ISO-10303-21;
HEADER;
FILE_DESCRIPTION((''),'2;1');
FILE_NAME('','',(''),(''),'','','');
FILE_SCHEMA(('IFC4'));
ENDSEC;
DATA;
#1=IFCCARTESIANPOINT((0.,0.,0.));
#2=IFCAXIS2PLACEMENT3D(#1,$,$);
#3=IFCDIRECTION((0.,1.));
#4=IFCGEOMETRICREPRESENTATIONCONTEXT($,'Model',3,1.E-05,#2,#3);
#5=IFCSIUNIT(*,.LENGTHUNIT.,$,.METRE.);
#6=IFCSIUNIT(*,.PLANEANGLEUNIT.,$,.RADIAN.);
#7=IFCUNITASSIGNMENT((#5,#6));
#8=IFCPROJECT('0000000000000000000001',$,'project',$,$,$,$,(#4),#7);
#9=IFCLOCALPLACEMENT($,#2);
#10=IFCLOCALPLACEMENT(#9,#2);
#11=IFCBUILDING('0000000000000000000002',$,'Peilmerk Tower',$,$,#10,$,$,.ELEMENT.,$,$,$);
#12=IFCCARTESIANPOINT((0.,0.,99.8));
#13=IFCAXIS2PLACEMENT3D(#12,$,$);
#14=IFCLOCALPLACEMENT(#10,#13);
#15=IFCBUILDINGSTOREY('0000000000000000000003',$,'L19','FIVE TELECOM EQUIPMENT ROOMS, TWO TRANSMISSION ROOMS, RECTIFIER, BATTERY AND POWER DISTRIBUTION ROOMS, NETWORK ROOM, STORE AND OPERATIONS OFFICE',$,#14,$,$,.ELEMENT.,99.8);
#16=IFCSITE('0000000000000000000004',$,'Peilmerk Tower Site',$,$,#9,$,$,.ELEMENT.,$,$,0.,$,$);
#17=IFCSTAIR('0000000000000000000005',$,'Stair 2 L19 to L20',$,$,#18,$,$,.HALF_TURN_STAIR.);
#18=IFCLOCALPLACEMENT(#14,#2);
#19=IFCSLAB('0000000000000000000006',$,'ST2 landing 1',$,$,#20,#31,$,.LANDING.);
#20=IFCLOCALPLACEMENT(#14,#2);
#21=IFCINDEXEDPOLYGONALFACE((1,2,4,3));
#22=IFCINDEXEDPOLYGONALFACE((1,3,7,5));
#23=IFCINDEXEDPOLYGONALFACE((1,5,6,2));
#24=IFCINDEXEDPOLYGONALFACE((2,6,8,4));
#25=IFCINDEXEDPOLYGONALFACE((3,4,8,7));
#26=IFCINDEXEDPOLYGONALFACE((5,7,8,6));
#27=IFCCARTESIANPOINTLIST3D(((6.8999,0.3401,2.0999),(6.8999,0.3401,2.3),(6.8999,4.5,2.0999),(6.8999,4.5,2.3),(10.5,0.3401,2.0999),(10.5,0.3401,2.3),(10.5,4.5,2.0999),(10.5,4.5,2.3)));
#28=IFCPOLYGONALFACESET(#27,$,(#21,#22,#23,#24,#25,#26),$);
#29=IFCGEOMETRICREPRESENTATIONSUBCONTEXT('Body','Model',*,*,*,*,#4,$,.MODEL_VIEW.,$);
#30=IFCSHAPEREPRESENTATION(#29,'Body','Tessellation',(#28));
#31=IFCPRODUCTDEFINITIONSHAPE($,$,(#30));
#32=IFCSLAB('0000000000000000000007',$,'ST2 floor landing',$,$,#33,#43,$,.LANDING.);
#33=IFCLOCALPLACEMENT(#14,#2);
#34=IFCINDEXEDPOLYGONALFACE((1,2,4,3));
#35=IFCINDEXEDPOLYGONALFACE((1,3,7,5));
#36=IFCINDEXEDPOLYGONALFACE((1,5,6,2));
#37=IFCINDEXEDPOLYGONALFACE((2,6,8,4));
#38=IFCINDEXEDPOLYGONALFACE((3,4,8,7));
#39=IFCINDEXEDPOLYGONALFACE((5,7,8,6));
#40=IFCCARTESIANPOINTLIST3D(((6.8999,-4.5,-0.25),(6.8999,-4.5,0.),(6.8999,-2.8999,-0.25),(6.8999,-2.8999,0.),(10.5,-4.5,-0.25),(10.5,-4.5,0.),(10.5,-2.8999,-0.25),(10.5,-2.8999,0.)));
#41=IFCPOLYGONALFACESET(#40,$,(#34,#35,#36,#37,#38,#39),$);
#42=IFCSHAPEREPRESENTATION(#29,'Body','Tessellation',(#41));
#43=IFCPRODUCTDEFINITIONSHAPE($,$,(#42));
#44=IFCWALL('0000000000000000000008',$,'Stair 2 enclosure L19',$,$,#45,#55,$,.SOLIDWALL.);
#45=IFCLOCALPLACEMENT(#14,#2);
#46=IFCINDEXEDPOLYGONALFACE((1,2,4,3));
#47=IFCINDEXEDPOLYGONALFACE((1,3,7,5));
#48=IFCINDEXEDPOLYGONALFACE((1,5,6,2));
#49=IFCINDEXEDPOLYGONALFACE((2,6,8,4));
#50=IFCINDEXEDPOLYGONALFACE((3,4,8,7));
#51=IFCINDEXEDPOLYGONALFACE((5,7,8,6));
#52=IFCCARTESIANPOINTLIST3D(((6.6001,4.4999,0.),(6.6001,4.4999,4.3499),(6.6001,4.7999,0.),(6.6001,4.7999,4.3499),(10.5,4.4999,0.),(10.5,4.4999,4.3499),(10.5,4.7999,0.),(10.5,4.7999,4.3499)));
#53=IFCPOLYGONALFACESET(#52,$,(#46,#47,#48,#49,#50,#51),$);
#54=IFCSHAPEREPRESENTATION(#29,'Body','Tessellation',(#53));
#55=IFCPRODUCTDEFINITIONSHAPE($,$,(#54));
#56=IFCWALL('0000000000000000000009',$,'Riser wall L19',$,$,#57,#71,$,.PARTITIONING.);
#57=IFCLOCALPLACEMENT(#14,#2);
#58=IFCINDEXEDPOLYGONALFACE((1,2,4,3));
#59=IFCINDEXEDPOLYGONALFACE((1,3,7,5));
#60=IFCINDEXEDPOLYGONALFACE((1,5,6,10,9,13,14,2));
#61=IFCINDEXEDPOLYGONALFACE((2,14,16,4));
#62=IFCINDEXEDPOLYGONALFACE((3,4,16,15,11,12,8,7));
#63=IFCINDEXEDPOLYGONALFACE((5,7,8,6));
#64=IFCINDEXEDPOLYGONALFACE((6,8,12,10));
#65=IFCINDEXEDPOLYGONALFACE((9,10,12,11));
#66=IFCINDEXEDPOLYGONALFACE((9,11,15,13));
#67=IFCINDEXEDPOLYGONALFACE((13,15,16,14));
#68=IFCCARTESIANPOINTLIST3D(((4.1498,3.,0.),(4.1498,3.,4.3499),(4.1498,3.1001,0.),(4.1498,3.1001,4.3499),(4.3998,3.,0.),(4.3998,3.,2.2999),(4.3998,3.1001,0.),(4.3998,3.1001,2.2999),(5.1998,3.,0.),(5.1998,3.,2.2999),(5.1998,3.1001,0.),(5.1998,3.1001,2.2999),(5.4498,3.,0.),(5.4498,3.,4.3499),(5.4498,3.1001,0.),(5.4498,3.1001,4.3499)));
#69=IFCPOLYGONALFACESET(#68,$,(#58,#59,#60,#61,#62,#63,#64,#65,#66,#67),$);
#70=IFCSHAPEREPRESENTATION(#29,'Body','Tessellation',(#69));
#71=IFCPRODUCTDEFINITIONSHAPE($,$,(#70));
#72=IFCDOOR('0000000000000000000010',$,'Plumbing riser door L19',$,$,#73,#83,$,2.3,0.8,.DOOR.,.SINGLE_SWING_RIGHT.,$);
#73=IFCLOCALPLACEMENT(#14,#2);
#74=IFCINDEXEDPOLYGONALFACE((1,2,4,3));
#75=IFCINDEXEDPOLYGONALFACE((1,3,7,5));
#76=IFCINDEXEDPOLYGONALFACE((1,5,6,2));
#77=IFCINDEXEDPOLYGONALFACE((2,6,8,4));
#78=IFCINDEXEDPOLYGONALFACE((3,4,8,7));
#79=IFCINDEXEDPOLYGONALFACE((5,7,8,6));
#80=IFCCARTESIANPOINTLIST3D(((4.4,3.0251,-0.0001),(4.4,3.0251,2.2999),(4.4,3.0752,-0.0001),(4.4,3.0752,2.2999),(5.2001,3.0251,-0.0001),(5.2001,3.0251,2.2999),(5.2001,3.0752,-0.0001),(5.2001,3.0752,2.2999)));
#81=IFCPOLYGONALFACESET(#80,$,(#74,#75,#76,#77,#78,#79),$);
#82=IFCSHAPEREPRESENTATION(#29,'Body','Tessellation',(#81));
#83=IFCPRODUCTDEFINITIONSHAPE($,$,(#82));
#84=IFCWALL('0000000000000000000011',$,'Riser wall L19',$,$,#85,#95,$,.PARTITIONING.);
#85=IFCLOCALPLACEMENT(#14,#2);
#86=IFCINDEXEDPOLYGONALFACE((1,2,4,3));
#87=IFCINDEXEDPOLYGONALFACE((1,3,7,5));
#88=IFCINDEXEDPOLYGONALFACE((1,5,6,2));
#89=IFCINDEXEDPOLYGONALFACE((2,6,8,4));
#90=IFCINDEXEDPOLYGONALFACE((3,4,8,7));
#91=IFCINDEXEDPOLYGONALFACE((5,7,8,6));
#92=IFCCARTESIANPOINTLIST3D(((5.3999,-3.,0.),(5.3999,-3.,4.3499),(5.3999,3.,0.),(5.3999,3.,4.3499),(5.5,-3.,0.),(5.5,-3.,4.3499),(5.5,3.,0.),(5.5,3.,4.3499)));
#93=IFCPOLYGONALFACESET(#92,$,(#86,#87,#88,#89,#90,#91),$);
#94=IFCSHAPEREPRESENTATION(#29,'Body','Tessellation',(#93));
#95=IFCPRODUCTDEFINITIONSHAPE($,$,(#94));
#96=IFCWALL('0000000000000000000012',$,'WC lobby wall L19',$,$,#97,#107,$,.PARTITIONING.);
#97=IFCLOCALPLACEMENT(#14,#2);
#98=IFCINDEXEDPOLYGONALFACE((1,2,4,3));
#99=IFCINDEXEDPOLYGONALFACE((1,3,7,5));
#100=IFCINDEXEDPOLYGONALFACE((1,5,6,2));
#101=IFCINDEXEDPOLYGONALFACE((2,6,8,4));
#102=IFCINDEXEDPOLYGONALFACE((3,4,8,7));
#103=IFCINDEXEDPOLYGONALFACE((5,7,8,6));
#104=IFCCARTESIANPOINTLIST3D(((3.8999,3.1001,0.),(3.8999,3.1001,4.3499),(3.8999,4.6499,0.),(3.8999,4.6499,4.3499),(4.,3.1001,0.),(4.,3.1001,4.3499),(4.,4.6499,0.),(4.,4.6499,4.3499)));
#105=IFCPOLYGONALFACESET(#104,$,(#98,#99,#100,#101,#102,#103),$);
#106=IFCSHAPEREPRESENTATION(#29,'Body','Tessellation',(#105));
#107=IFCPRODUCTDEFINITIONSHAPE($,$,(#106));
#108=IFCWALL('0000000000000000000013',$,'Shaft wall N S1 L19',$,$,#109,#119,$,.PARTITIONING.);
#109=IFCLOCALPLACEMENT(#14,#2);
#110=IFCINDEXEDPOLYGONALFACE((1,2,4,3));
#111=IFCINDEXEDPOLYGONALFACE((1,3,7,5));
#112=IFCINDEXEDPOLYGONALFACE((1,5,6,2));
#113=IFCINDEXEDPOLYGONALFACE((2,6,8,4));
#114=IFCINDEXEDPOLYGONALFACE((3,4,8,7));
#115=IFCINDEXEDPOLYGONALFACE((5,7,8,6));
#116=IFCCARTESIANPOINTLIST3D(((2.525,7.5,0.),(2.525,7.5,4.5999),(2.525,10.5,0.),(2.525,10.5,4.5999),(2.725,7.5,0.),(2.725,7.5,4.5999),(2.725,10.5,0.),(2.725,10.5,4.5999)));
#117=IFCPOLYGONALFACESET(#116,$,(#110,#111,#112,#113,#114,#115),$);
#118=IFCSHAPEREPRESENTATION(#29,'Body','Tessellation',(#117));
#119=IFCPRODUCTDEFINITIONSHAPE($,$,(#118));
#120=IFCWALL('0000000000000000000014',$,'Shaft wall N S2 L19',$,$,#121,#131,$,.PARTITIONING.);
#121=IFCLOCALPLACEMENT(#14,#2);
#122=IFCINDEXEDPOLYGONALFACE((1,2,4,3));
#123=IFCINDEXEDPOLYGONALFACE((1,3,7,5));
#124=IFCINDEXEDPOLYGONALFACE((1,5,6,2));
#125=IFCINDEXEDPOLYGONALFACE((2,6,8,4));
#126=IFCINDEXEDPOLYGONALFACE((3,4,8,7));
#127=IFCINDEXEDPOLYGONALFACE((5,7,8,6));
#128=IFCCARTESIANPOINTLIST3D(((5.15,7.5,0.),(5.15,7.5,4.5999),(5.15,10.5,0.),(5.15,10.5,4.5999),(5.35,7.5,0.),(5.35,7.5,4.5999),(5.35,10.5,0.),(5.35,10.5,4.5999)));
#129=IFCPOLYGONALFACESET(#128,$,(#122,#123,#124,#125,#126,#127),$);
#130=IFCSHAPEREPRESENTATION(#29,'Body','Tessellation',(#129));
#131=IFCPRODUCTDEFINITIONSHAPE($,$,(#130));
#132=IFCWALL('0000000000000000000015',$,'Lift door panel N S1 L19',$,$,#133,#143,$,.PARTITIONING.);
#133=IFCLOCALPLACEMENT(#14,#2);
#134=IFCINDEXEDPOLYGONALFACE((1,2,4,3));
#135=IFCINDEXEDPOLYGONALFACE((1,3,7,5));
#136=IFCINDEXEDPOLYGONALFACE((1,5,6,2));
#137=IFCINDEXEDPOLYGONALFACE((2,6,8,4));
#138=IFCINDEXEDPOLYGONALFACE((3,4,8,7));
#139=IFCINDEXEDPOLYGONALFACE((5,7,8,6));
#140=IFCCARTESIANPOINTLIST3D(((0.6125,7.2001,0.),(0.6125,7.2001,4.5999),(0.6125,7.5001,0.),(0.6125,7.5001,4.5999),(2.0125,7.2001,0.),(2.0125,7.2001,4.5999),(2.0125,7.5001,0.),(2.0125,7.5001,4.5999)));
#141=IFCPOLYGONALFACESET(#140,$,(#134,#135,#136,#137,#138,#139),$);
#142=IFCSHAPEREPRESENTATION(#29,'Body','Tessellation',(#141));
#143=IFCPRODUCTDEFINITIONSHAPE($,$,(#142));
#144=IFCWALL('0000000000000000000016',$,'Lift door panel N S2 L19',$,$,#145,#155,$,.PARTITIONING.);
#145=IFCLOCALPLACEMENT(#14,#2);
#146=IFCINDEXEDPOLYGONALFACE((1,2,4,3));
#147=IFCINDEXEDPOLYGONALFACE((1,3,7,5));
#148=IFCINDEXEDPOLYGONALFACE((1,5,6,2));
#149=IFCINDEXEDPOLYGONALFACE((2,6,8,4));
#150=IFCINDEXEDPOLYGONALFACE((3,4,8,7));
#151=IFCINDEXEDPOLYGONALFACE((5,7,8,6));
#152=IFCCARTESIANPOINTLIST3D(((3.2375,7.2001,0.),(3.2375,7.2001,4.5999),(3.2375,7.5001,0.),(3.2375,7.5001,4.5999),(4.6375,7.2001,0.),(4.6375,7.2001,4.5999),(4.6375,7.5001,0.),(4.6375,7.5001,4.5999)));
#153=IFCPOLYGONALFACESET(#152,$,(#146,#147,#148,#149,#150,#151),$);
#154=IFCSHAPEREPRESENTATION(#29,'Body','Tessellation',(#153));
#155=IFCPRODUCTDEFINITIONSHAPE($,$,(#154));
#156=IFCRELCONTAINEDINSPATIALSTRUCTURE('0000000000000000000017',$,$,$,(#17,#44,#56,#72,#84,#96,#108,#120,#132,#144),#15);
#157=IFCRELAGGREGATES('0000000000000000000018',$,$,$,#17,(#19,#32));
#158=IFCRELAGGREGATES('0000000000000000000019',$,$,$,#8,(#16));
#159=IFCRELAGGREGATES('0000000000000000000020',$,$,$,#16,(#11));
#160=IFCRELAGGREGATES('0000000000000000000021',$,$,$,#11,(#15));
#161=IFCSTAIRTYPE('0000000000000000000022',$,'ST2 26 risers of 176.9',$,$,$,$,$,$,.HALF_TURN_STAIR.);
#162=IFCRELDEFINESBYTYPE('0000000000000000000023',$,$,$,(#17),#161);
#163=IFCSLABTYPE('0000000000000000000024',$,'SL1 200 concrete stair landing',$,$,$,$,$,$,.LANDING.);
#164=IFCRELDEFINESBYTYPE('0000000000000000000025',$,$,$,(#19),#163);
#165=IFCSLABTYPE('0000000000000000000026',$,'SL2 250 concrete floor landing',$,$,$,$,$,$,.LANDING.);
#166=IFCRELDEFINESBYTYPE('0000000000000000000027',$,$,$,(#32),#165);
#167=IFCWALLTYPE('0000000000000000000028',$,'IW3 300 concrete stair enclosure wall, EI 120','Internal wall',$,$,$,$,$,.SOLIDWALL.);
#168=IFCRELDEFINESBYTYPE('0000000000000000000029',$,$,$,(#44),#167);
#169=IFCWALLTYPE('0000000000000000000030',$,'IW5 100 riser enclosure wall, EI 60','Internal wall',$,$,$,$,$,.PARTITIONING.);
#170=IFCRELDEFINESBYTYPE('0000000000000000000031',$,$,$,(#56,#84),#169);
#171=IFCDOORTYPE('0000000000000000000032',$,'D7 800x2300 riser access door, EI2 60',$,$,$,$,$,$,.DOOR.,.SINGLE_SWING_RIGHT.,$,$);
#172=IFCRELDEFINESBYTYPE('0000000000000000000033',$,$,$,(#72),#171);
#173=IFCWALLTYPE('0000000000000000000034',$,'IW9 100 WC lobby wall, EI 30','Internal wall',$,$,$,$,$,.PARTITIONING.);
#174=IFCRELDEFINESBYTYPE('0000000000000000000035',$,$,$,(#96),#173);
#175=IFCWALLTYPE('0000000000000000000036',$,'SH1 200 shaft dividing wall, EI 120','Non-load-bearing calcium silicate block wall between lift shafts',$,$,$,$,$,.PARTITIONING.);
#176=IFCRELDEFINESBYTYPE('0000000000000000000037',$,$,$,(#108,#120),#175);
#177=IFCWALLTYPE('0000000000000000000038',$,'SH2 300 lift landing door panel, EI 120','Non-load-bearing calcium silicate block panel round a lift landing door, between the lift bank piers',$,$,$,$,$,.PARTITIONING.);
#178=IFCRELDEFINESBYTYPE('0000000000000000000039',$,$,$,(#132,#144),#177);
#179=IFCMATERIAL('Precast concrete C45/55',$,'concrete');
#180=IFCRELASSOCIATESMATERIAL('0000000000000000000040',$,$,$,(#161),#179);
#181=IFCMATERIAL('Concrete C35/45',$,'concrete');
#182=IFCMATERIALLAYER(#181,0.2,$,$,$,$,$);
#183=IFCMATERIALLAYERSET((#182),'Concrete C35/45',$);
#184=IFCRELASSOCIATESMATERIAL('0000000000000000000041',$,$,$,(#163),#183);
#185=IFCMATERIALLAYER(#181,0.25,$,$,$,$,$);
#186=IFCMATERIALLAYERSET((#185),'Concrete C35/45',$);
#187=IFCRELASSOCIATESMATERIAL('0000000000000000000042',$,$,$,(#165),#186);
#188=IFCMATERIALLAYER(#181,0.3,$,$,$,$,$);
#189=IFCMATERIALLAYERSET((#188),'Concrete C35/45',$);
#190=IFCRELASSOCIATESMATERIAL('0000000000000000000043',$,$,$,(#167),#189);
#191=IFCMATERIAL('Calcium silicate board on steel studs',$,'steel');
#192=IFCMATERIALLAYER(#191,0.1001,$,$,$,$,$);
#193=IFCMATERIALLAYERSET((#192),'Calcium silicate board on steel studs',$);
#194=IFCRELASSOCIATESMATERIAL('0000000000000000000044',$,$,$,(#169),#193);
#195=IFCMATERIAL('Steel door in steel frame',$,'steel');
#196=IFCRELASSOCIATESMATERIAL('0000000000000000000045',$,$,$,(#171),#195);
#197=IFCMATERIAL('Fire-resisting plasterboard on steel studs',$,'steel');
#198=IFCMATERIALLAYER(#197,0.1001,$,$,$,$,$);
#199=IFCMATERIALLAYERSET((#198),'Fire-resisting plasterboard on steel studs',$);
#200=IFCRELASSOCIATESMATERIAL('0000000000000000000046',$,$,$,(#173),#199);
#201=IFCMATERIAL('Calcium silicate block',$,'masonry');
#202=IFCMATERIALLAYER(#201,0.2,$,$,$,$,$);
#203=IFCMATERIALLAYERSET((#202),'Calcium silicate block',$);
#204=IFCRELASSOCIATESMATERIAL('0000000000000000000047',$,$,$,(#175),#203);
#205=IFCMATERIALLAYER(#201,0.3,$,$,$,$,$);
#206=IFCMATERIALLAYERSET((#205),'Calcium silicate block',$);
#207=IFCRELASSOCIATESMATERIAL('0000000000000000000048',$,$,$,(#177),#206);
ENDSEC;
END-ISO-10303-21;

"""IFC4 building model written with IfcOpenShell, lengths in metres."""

from ifc_helpers import new_model, si_unit, direction, frame, frame_2d, origin, place, context, subcontext, project, spatial, polyline, rectangle, outline, extrude, material, layer, layer_set, type_object, element, fill, aggregate, save


model = new_model("IFC4")

# Units and contexts
model_context = context("Model", 3, precision=1e-05, world=origin(), true_north=direction((0.0, 1.0)))
body_context = subcontext(model_context, "Body", "Model", "MODEL_VIEW")
ifc_project = project(units=[si_unit("LENGTHUNIT", "METRE"), si_unit("PLANEANGLEUNIT", "RADIAN")], contexts=[model_context])

# Site, building, storey
site_placement = place(None, origin())
site = spatial("IfcSite", under=ifc_project, at=site_placement, Name="Peilmerk Tower Site", CompositionType="ELEMENT", RefElevation=0.0)
building_placement = place(site_placement, origin())
building = spatial("IfcBuilding", under=site, at=building_placement, Name="Peilmerk Tower", CompositionType="ELEMENT")
storey_placement = place(building_placement, frame((0.0, 0.0, 99.8)))
storey = spatial("IfcBuildingStorey", under=building, at=storey_placement, Name="L19", Description="FIVE TELECOM EQUIPMENT ROOMS, TWO TRANSMISSION ROOMS, RECTIFIER, BATTERY AND POWER DISTRIBUTION ROOMS, NETWORK ROOM, STORE AND OPERATIONS OFFICE", CompositionType="ELEMENT", Elevation=99.8)

# Stair, slabs
ifc_material_1 = material(Name="Precast concrete C45/55", Category="concrete")
stair_type = type_object("IfcStairType", Name="ST2 26 risers of 176.9", PredefinedType="HALF_TURN_STAIR", material=ifc_material_1)
stair_placement = place(storey_placement, origin())
stair = element("IfcStair", 1, at=stair_placement, inside=storey, type_object=stair_type, Name="Stair 2 L19 to L20", PredefinedType="HALF_TURN_STAIR")
ifc_material_2 = material(Name="Concrete C35/45", Category="concrete")
ifc_layer_1 = layer(ifc_material_2, 0.2)
ifc_layer_set_1 = layer_set([ifc_layer_1], Name="Concrete C35/45")
slab_type_1 = type_object("IfcSlabType", Name="SL1 200 concrete stair landing", PredefinedType="LANDING", material=ifc_layer_set_1)
slab_1_placement = place(storey_placement, frame((0.0, 0.0, 2.0999)))
slab_1 = element("IfcSlab", 2, at=slab_1_placement, type_object=slab_type_1, Name="ST2 landing 1", PredefinedType="LANDING", context=body_context, shape_type="SweptSolid", body=[
    extrude(outline(polyline([(6.8999, 0.3401), (10.5, 0.3401), (10.5, 4.5), (6.8999, 4.5), (6.8999, 0.3401)])), origin(), (0.0, 0.0, 1.0), 0.2002),
])
ifc_layer_2 = layer(ifc_material_2, 0.25)
ifc_layer_set_2 = layer_set([ifc_layer_2], Name="Concrete C35/45")
slab_type_2 = type_object("IfcSlabType", Name="SL2 250 concrete floor landing", PredefinedType="LANDING", material=ifc_layer_set_2)
slab_2_placement = place(storey_placement, frame((0.0, 0.0, -0.25)))
slab_2 = element("IfcSlab", 3, at=slab_2_placement, type_object=slab_type_2, Name="ST2 floor landing", PredefinedType="LANDING", context=body_context, shape_type="SweptSolid", body=[
    extrude(outline(polyline([(6.8999, -4.5), (10.5, -4.5), (10.5, -2.8999), (6.8999, -2.8999), (6.8999, -4.5)])), origin(), (0.0, 0.0, 1.0), 0.25),
])
aggregate(stair, [slab_1, slab_2])

# Wall
ifc_layer_3 = layer(ifc_material_2, 0.3)
ifc_layer_set_3 = layer_set([ifc_layer_3], Name="Concrete C35/45")
wall_type_1 = type_object("IfcWallType", Name="IW3 300 concrete stair enclosure wall, EI 120", Description="Internal wall", PredefinedType="SOLIDWALL", material=ifc_layer_set_3)
wall_1_placement = place(storey_placement, frame((6.6001, 4.6499, 0.0), z_axis=(0.0, 0.0, 1.0), x_axis=(1.0, 0.0, 0.0)))
element("IfcWall", 4, at=wall_1_placement, inside=storey, type_object=wall_type_1, Name="Stair 2 enclosure L19", PredefinedType="SOLIDWALL", context=body_context, shape_type="SweptSolid", body=[
    extrude(rectangle(XDim=3.8999, YDim=0.3, at=frame_2d((1.95, 0.0))), origin(), (0.0, 0.0, 1.0), 4.3499),
])

# Wall, opening, door
ifc_material_3 = material(Name="Calcium silicate board on steel studs", Category="steel")
ifc_layer_4 = layer(ifc_material_3, 0.1001)
ifc_layer_set_4 = layer_set([ifc_layer_4], Name="Calcium silicate board on steel studs")
wall_type_2 = type_object("IfcWallType", Name="IW5 100 riser enclosure wall, EI 60", Description="Internal wall", PredefinedType="PARTITIONING", material=ifc_layer_set_4)
wall_2_placement = place(storey_placement, frame((4.1499, 3.05, 0.0), z_axis=(0.0, 0.0, 1.0), x_axis=(1.0, 0.0, 0.0)))
wall_2 = element("IfcWall", 5, at=wall_2_placement, inside=storey, type_object=wall_type_2, Name="Riser wall L19", PredefinedType="PARTITIONING", context=body_context, shape_type="SweptSolid", body=[
    extrude(rectangle(XDim=1.3, YDim=0.1001, at=frame_2d((0.6499, 0.0))), origin(), (0.0, 0.0, 1.0), 4.3499),
])
opening_1_placement = place(wall_2_placement, frame((0.25, 0.0, 0.0)))
opening_1 = element("IfcOpeningElement", 6, at=opening_1_placement, cuts=wall_2, PredefinedType="OPENING", context=body_context, shape_type="SweptSolid", body=[
    extrude(rectangle(XDim=0.8, YDim=2.3, at=frame_2d((0.3999, 1.1499))), frame((0.0, 0.0601, 0.0), z_axis=(0.0, -1.0, 0.0), x_axis=(1.0, 0.0, 0.0)), (0.0, 0.0, 1.0), 0.1201),
])
ifc_material_4 = material(Name="Steel door in steel frame", Category="steel")
door_type_1 = type_object("IfcDoorType", Name="D7 800x2300 riser access door, EI2 60", OperationType="SINGLE_SWING_RIGHT", PredefinedType="DOOR", material=ifc_material_4)
door_1_placement = place(opening_1_placement, frame((0.8, 0.0, 0.0), z_axis=(0.0, 0.0, 1.0), x_axis=(-1.0, 0.0, 0.0)))
door_1 = element("IfcDoor", 7, at=door_1_placement, inside=storey, type_object=door_type_1, Name="Plumbing riser door L19", OperationType="SINGLE_SWING_RIGHT", OverallHeight=2.3, OverallWidth=0.8, PredefinedType="DOOR", context=body_context, shape_type="SweptSolid", body=[
    extrude(rectangle(XDim=0.8, YDim=2.3, at=frame_2d((0.3999, 1.1499))), frame((0.0, 0.0249, 0.0), z_axis=(0.0, -1.0, 0.0), x_axis=(1.0, 0.0, 0.0)), (0.0, 0.0, 1.0), 0.05),
])
fill(opening_1, door_1)

# Walls
wall_3_placement = place(storey_placement, frame((5.45, 3.0, 0.0), z_axis=(0.0, 0.0, 1.0), x_axis=(0.0, -1.0, 0.0)))
element("IfcWall", 8, at=wall_3_placement, inside=storey, type_object=wall_type_2, Name="Riser wall L19", PredefinedType="PARTITIONING", context=body_context, shape_type="SweptSolid", body=[
    extrude(rectangle(XDim=6.0, YDim=0.1001, at=frame_2d((3.0, 0.0))), origin(), (0.0, 0.0, 1.0), 4.3499),
])
ifc_material_5 = material(Name="Fire-resisting plasterboard on steel studs", Category="steel")
ifc_layer_5 = layer(ifc_material_5, 0.1001)
ifc_layer_set_5 = layer_set([ifc_layer_5], Name="Fire-resisting plasterboard on steel studs")
wall_type_3 = type_object("IfcWallType", Name="IW9 100 WC lobby wall, EI 30", Description="Internal wall", PredefinedType="PARTITIONING", material=ifc_layer_set_5)
wall_4_placement = place(storey_placement, frame((3.95, 3.1001, 0.0), z_axis=(0.0, 0.0, 1.0), x_axis=(0.0, 1.0, 0.0)))
element("IfcWall", 9, at=wall_4_placement, inside=storey, type_object=wall_type_3, Name="WC lobby wall L19", PredefinedType="PARTITIONING", context=body_context, shape_type="SweptSolid", body=[
    extrude(rectangle(XDim=1.5498, YDim=0.1001, at=frame_2d((0.7749, 0.0))), origin(), (0.0, 0.0, 1.0), 4.3499),
])
ifc_material_6 = material(Name="Calcium silicate block", Category="masonry")
ifc_layer_6 = layer(ifc_material_6, 0.2)
ifc_layer_set_6 = layer_set([ifc_layer_6], Name="Calcium silicate block")
wall_type_4 = type_object("IfcWallType", Name="SH1 200 shaft dividing wall, EI 120", Description="Non-load-bearing calcium silicate block wall between lift shafts", PredefinedType="PARTITIONING", material=ifc_layer_set_6)
for number, where, z_axis, x_axis, name in (
    (10, (2.625, 7.5, 0.0), (0.0, 0.0, 1.0), (0.0, 1.0, 0.0), "Shaft wall N S1 L19"),
    (11, (5.25, 7.5, 0.0), (0.0, 0.0, 1.0), (0.0, 1.0, 0.0), "Shaft wall N S2 L19"),
):
    element("IfcWall", number, at=place(storey_placement, frame(where, z_axis=z_axis, x_axis=x_axis)), inside=storey, type_object=wall_type_4, Name=name, PredefinedType="PARTITIONING", context=body_context, shape_type="SweptSolid", body=[
        extrude(rectangle(XDim=3.0, YDim=0.2, at=frame_2d((1.5, 0.0))), origin(), (0.0, 0.0, 1.0), 4.5999),
    ])
ifc_layer_7 = layer(ifc_material_6, 0.3)
ifc_layer_set_7 = layer_set([ifc_layer_7], Name="Calcium silicate block")
wall_type_5 = type_object("IfcWallType", Name="SH2 300 lift landing door panel, EI 120", Description="Non-load-bearing calcium silicate block panel round a lift landing door, between the lift bank piers", PredefinedType="PARTITIONING", material=ifc_layer_set_7)
for number, where, z_axis, x_axis, name in (
    (12, (0.6125, 7.3501, 0.0), (0.0, 0.0, 1.0), (1.0, 0.0, 0.0), "Lift door panel N S1 L19"),
    (13, (3.2375, 7.3501, 0.0), (0.0, 0.0, 1.0), (1.0, 0.0, 0.0), "Lift door panel N S2 L19"),
):
    element("IfcWall", number, at=place(storey_placement, frame(where, z_axis=z_axis, x_axis=x_axis)), inside=storey, type_object=wall_type_5, Name=name, PredefinedType="PARTITIONING", context=body_context, shape_type="SweptSolid", body=[
        extrude(rectangle(XDim=1.3999, YDim=0.3, at=frame_2d((0.7, 0.0))), origin(), (0.0, 0.0, 1.0), 4.5999),
    ])

save(model, "model.ifc")
